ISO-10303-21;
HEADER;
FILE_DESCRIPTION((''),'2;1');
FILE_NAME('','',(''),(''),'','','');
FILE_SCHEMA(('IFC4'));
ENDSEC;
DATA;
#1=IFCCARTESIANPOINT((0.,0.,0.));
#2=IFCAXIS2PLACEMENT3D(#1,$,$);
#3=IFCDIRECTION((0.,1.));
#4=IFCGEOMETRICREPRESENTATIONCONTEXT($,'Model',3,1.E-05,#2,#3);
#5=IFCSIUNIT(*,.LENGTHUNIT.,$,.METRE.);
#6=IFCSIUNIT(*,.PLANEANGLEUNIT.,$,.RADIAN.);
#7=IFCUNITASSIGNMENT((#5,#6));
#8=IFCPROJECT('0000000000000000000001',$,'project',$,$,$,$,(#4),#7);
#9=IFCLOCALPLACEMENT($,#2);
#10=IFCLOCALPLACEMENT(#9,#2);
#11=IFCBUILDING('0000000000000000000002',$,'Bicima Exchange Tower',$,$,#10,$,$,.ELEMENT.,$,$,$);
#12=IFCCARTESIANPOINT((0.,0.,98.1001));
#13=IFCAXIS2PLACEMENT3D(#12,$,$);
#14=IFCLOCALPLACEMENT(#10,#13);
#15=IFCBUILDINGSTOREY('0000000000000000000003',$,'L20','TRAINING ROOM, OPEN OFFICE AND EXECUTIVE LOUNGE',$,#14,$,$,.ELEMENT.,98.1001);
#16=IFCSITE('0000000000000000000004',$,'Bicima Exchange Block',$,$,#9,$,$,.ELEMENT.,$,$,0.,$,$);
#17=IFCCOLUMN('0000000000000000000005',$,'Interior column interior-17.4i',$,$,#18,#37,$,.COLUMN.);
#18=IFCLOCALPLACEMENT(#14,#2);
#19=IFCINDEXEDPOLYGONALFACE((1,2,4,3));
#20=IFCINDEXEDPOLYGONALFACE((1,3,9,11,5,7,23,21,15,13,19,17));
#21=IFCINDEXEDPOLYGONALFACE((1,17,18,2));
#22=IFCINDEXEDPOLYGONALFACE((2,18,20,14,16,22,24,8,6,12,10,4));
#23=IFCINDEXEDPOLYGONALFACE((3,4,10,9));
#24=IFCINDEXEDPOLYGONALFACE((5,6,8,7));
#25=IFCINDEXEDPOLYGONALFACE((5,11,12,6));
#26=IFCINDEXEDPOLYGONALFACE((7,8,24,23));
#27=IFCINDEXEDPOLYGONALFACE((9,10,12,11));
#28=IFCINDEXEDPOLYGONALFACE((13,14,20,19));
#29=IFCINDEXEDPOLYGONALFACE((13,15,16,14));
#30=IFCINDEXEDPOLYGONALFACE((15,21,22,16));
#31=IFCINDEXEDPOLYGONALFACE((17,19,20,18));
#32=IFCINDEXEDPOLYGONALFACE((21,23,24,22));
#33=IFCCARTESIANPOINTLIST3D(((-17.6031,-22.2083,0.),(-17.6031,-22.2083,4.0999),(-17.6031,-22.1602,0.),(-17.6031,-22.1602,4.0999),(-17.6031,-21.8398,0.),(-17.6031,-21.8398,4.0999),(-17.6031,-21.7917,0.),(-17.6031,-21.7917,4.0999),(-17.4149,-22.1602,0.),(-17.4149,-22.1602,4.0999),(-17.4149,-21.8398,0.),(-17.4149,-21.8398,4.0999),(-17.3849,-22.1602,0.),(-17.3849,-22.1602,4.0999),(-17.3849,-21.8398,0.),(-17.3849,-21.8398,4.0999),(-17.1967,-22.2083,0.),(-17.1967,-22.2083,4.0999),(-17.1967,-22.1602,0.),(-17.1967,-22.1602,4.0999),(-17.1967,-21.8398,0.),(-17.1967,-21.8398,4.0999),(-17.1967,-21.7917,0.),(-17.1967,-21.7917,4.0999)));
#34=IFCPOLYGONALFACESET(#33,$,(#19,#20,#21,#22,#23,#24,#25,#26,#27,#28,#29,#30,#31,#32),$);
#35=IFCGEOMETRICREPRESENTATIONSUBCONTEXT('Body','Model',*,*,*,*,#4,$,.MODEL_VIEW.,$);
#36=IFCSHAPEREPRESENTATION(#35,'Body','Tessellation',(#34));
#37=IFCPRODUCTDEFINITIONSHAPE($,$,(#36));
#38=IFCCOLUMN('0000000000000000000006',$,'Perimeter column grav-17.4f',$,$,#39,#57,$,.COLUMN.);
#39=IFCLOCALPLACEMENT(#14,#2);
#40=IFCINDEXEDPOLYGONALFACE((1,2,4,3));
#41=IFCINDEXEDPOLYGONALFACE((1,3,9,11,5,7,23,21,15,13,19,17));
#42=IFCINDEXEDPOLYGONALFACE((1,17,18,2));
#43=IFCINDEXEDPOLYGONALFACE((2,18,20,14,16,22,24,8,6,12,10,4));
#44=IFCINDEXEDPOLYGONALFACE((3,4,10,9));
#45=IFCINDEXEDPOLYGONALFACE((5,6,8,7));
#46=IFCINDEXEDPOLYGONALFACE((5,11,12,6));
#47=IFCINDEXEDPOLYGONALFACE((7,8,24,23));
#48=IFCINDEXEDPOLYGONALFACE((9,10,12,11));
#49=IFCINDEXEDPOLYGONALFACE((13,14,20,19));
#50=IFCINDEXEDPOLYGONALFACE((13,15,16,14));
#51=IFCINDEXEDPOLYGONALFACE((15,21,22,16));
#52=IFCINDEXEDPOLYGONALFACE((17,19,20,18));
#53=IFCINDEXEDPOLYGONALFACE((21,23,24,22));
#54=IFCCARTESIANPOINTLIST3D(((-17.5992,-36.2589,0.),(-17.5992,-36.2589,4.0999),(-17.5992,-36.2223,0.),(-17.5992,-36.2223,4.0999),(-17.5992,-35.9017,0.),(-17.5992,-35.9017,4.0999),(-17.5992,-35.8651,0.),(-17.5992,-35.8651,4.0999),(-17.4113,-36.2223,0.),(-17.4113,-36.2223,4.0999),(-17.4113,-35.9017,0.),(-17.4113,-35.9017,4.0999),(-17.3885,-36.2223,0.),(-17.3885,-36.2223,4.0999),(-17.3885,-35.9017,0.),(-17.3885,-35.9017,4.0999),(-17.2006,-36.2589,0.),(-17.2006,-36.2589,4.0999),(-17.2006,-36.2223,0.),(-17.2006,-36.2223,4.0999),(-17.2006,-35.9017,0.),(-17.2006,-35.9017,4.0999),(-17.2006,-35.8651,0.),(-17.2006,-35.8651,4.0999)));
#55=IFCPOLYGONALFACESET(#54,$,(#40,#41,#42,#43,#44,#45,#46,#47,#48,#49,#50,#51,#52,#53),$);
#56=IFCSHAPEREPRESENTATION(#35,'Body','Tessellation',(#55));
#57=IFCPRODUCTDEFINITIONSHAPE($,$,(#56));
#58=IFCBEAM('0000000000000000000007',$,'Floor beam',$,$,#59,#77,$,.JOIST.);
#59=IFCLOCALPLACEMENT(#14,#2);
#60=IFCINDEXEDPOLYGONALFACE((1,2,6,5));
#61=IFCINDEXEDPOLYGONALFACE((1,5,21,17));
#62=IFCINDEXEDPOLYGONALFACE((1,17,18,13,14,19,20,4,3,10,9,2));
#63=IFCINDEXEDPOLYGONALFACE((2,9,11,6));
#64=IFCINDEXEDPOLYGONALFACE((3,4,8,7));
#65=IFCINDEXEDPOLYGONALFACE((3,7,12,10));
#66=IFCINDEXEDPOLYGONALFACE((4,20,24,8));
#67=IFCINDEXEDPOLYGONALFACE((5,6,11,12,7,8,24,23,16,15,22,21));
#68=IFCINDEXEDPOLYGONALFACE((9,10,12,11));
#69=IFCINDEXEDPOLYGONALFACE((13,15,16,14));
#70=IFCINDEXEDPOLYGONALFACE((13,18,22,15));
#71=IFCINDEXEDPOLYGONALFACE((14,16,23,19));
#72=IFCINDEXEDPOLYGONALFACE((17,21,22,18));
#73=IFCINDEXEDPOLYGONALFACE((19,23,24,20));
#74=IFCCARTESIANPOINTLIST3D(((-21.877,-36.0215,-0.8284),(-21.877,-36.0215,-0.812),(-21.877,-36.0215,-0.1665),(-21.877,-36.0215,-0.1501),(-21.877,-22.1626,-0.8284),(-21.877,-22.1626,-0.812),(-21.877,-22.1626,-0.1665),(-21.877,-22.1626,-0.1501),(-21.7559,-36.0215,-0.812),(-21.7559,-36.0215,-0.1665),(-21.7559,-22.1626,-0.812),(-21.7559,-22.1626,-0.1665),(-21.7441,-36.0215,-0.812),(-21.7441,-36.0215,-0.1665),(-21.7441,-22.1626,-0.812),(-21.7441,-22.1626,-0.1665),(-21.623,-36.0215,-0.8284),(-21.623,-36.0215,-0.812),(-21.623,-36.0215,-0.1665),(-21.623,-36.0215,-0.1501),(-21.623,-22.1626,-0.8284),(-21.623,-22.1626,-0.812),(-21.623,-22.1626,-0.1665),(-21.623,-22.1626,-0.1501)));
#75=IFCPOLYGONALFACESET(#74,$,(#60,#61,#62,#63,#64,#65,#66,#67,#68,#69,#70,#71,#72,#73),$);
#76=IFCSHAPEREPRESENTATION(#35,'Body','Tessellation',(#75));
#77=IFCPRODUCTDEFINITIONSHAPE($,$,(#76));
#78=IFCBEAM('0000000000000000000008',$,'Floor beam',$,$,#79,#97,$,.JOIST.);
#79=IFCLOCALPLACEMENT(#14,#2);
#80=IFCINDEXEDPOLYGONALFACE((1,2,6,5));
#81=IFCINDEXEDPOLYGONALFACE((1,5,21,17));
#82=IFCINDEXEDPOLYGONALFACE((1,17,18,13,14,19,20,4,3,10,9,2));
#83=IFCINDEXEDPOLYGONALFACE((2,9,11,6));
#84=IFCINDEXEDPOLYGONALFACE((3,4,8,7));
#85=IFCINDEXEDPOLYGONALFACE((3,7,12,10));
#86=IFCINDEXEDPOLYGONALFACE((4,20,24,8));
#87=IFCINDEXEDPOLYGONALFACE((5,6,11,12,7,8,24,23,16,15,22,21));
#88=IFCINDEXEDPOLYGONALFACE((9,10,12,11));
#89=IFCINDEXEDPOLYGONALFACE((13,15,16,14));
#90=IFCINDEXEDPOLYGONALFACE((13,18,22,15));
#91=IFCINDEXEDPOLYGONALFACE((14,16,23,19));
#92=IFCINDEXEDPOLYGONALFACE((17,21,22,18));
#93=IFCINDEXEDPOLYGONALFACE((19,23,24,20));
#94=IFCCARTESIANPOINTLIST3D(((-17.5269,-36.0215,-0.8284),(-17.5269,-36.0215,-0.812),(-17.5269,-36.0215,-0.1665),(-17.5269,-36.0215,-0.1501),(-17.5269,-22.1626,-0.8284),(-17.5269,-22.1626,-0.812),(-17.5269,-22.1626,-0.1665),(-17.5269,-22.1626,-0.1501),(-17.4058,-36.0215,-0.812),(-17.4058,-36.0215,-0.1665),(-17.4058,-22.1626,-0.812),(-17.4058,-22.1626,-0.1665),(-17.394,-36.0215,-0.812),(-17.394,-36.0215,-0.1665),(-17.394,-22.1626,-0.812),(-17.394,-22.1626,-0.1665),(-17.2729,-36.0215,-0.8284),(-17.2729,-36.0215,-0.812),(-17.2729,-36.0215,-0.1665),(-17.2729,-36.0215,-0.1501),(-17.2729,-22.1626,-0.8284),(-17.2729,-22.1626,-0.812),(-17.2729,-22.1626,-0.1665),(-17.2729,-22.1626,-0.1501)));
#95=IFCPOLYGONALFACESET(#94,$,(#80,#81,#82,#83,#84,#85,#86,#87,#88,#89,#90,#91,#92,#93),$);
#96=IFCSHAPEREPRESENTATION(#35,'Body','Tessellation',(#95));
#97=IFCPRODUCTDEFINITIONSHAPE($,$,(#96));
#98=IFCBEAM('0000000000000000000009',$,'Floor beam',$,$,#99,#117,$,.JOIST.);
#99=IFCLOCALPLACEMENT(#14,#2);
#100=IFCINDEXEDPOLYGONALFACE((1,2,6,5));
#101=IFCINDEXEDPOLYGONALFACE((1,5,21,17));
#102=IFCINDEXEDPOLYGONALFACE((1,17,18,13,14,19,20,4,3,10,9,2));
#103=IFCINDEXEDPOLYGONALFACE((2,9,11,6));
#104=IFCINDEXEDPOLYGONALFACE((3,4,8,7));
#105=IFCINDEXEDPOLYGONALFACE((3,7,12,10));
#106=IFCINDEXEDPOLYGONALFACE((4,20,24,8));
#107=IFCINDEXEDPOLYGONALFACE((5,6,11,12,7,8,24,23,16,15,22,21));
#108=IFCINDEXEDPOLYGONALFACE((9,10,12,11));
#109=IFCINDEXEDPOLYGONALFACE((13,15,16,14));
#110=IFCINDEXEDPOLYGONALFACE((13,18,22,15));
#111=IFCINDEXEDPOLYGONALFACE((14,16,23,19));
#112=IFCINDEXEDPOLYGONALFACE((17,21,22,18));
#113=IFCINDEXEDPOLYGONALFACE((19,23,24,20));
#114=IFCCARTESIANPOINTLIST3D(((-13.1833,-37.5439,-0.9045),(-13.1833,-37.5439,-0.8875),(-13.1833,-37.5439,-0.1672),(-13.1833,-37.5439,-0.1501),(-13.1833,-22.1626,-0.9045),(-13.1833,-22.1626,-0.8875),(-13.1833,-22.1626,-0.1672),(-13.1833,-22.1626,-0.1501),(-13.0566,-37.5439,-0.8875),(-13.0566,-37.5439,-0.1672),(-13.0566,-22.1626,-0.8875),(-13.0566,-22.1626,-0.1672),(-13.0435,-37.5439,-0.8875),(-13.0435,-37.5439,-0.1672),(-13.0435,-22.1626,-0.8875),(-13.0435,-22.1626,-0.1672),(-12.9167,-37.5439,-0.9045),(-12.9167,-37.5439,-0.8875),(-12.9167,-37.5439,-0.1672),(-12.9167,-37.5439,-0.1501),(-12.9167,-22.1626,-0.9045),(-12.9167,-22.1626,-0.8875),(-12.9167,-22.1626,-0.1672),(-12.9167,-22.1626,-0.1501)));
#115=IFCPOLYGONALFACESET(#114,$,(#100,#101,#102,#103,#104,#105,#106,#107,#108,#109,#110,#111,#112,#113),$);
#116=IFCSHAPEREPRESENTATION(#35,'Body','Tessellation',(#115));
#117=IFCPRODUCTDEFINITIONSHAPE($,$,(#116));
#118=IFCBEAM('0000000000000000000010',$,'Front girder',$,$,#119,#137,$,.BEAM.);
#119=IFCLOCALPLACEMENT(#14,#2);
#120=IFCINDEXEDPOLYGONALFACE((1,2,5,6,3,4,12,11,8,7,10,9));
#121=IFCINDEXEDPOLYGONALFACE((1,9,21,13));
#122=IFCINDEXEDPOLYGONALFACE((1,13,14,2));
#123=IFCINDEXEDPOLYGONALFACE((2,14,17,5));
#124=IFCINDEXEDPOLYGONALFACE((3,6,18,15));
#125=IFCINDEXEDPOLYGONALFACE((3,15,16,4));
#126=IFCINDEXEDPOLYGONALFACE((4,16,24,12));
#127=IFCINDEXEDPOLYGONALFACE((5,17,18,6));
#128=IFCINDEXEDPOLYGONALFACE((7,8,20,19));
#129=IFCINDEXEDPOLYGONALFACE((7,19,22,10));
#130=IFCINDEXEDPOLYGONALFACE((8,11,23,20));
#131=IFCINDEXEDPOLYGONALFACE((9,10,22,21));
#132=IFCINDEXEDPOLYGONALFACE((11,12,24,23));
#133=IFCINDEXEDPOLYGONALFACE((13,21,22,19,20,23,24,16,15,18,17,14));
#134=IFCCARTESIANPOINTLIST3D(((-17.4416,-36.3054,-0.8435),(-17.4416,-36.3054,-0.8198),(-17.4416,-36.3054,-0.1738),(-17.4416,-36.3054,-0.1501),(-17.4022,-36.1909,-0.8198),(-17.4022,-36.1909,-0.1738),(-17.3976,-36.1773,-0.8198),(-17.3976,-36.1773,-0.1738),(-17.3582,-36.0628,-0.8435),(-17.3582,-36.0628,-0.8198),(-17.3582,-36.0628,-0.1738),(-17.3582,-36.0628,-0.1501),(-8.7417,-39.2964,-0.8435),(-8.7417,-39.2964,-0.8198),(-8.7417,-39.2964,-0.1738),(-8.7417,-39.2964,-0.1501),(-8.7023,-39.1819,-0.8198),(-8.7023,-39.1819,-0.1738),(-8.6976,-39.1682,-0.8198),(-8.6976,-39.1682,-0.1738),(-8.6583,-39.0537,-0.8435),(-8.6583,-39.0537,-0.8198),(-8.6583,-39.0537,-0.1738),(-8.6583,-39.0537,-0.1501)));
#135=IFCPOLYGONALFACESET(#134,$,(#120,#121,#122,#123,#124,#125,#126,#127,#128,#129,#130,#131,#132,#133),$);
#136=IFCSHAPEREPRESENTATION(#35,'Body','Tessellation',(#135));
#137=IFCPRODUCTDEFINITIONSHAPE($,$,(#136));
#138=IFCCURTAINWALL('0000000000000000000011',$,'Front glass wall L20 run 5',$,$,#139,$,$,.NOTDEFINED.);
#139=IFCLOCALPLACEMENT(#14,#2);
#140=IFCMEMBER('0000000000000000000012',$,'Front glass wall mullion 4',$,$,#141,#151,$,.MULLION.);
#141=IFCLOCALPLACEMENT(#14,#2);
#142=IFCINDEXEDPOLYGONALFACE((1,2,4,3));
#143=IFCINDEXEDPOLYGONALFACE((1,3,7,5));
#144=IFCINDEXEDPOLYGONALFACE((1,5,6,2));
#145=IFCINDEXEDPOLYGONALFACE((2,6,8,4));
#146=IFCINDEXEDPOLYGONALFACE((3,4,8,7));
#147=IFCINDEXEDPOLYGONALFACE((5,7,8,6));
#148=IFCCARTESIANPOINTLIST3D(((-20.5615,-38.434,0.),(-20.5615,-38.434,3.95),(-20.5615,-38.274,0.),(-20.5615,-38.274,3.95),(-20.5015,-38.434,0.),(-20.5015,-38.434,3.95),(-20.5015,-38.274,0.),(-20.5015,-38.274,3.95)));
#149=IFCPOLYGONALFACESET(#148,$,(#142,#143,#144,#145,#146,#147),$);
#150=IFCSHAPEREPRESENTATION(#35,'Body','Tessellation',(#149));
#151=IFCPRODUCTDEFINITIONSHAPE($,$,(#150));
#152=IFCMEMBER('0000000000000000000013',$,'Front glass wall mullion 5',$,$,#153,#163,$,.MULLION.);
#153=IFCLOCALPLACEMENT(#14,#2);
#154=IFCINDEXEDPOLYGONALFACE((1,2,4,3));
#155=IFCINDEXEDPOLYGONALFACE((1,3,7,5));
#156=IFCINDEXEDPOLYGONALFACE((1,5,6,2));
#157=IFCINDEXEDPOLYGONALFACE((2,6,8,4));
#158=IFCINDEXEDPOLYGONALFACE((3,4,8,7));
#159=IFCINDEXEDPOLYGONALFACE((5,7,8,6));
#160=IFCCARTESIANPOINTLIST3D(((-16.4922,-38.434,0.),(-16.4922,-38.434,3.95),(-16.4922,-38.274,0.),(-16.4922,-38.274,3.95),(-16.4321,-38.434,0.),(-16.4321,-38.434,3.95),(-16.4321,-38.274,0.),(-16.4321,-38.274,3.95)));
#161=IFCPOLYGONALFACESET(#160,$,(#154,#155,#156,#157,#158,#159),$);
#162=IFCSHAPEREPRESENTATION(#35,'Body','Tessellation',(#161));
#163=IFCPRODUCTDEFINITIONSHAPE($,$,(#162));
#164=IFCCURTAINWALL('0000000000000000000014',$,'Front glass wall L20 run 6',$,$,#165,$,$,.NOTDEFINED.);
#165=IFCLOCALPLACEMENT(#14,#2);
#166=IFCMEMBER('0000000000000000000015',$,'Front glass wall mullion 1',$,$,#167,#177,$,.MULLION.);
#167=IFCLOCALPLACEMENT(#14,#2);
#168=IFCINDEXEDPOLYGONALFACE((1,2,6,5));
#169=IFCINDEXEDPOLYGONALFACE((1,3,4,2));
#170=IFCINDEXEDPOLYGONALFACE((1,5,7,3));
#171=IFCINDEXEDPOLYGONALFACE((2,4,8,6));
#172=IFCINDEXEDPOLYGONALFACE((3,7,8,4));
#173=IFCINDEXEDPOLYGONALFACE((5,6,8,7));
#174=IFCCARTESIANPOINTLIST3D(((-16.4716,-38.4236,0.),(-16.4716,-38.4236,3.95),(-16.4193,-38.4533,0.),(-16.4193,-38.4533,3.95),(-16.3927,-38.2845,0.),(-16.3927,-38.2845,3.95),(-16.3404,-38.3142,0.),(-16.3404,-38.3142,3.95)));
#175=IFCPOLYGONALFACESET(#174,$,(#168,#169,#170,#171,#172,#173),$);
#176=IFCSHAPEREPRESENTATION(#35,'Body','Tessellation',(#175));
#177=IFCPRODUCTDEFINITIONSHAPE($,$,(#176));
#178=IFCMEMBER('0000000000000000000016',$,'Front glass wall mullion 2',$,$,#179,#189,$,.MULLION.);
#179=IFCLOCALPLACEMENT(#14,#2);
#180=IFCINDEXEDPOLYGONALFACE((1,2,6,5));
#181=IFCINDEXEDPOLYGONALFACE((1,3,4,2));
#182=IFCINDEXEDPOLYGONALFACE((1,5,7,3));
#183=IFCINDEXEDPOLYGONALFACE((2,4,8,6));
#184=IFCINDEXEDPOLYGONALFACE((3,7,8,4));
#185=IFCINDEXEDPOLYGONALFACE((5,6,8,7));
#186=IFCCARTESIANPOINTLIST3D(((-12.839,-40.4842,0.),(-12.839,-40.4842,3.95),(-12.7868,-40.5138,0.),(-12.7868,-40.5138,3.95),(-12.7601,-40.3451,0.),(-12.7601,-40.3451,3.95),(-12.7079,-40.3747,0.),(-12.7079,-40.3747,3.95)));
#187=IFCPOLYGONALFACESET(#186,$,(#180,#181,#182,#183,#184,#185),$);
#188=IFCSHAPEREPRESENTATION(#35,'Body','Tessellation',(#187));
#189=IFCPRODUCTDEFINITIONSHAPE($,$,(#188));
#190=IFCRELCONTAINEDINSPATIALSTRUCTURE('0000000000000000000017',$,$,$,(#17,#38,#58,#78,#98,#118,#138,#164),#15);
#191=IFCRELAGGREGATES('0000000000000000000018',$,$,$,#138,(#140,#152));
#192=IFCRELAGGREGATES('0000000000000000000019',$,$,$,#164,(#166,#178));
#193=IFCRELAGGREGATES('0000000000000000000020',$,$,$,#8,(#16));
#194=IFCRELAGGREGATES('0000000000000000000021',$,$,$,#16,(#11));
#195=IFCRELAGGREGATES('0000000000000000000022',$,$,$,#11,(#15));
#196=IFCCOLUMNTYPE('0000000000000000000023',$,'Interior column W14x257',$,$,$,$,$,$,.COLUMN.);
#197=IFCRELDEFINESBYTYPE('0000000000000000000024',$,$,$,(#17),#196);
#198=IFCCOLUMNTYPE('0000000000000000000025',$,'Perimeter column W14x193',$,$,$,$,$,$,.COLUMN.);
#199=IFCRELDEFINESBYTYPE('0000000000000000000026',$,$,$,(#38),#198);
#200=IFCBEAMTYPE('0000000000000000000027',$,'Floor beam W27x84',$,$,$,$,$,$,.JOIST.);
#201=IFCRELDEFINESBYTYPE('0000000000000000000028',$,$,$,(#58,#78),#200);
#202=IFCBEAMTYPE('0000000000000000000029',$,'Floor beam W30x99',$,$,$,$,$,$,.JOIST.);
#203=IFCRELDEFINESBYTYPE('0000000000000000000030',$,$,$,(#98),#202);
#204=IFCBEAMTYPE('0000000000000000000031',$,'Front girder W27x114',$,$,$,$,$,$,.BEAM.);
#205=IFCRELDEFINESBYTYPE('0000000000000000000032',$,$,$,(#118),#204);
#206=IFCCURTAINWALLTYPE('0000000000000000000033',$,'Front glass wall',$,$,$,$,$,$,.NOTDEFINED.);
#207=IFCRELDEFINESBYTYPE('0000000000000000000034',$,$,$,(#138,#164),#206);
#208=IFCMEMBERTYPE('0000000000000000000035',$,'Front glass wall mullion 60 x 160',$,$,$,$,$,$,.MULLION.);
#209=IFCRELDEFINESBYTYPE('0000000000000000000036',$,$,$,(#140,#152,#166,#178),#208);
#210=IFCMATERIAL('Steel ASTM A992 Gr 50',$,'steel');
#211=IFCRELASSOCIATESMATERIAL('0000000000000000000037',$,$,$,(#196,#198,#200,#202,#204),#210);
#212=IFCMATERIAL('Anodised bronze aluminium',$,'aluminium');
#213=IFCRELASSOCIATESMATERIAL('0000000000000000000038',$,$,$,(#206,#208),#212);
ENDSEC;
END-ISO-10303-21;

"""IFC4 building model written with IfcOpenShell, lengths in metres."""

from ifc_helpers import new_model, si_unit, direction, frame, origin, origin_2d, place, context, subcontext, project, spatial, rectangle, i_section, extrude, material, material_profile, profile_set, type_object, element, aggregate, save


model = new_model("IFC4")

# Units and contexts
model_context = context("Model", 3, precision=1e-05, world=origin(), true_north=direction((0.0, 1.0)))
body_context = subcontext(model_context, "Body", "Model", "MODEL_VIEW")
ifc_project = project(units=[si_unit("LENGTHUNIT", "METRE"), si_unit("PLANEANGLEUNIT", "RADIAN")], contexts=[model_context])

# Site, building, storey
site_placement = place(None, origin())
site = spatial("IfcSite", under=ifc_project, at=site_placement, Name="Bicima Exchange Block", CompositionType="ELEMENT", RefElevation=0.0)
building_placement = place(site_placement, origin())
building = spatial("IfcBuilding", under=site, at=building_placement, Name="Bicima Exchange Tower", CompositionType="ELEMENT")
storey_placement = place(building_placement, frame((0.0, 0.0, 98.1001)))
storey = spatial("IfcBuildingStorey", under=building, at=storey_placement, Name="L20", Description="TRAINING ROOM, OPEN OFFICE AND EXECUTIVE LOUNGE", CompositionType="ELEMENT", Elevation=98.1001)

# Columns
ifc_material_1 = material(Name="Steel ASTM A992 Gr 50", Category="steel")
ifc_material_profile_1 = material_profile(ifc_material_1, i_section(OverallWidth=0.4065, OverallDepth=0.4165, WebThickness=0.03, FlangeThickness=0.0481, at=origin_2d()))
ifc_profile_set_1 = profile_set([ifc_material_profile_1], Name="Steel ASTM A992 Gr 50")
column_type_1 = type_object("IfcColumnType", Name="Interior column W14x257", PredefinedType="COLUMN", material=ifc_profile_set_1)
column_1_placement = place(storey_placement, frame((-17.3999, -22.0, 0.0), z_axis=(0.0, 0.0, 1.0), x_axis=(1.0, 0.0, 0.0)))
element("IfcColumn", 1, at=column_1_placement, inside=storey, type_object=column_type_1, Name="Interior column interior-17.4i", PredefinedType="COLUMN", context=body_context, shape_type="SweptSolid", body=[
    extrude(i_section(OverallWidth=0.4065, OverallDepth=0.4165, WebThickness=0.03, FlangeThickness=0.0481, at=origin_2d()), origin(), (0.0, 0.0, 1.0), 4.0999),
])
ifc_material_profile_2 = material_profile(ifc_material_1, i_section(OverallWidth=0.3987, OverallDepth=0.3938, WebThickness=0.0227, FlangeThickness=0.0366, at=origin_2d()))
ifc_profile_set_2 = profile_set([ifc_material_profile_2], Name="Steel ASTM A992 Gr 50")
column_type_2 = type_object("IfcColumnType", Name="Perimeter column W14x193", PredefinedType="COLUMN", material=ifc_profile_set_2)
column_2_placement = place(storey_placement, frame((-17.3999, -36.062, 0.0), z_axis=(0.0, 0.0, 1.0), x_axis=(1.0, 0.0, 0.0)))
element("IfcColumn", 2, at=column_2_placement, inside=storey, type_object=column_type_2, Name="Perimeter column grav-17.4f", PredefinedType="COLUMN", context=body_context, shape_type="SweptSolid", body=[
    extrude(i_section(OverallWidth=0.3987, OverallDepth=0.3938, WebThickness=0.0227, FlangeThickness=0.0366, at=origin_2d()), origin(), (0.0, 0.0, 1.0), 4.0999),
])

# Beams
ifc_material_profile_3 = material_profile(ifc_material_1, i_section(OverallWidth=0.2539, OverallDepth=0.6782, WebThickness=0.0117, FlangeThickness=0.0164, at=origin_2d()))
ifc_profile_set_3 = profile_set([ifc_material_profile_3], Name="Steel ASTM A992 Gr 50")
beam_type_1 = type_object("IfcBeamType", Name="Floor beam W27x84", PredefinedType="JOIST", material=ifc_profile_set_3)
for number, where, z_axis, x_axis, name in (
    (3, (-21.75, -22.1626, -0.4893), (0.0, -1.0, 0.0), (1.0, 0.0, 0.0), "Floor beam"),
    (4, (-17.3999, -22.1626, -0.4893), (0.0, -1.0, 0.0), (1.0, 0.0, 0.0), "Floor beam"),
):
    element("IfcBeam", number, at=place(storey_placement, frame(where, z_axis=z_axis, x_axis=x_axis)), inside=storey, type_object=beam_type_1, Name=name, PredefinedType="JOIST", context=body_context, shape_type="SweptSolid", body=[
        extrude(i_section(OverallWidth=0.2539, OverallDepth=0.6782, WebThickness=0.0117, FlangeThickness=0.0164, at=origin_2d()), origin(), (0.0, 0.0, 1.0), 13.8589),
    ])
ifc_material_profile_4 = material_profile(ifc_material_1, i_section(OverallWidth=0.2666, OverallDepth=0.7544, WebThickness=0.0132, FlangeThickness=0.0171, at=origin_2d()))
ifc_profile_set_4 = profile_set([ifc_material_profile_4], Name="Steel ASTM A992 Gr 50")
beam_type_2 = type_object("IfcBeamType", Name="Floor beam W30x99", PredefinedType="JOIST", material=ifc_profile_set_4)
beam_1_placement = place(storey_placement, frame((-13.05, -22.1626, -0.5273), z_axis=(0.0, -1.0, 0.0), x_axis=(1.0, 0.0, 0.0)))
element("IfcBeam", 5, at=beam_1_placement, inside=storey, type_object=beam_type_2, Name="Floor beam", PredefinedType="JOIST", context=body_context, shape_type="SweptSolid", body=[
    extrude(i_section(OverallWidth=0.2666, OverallDepth=0.7544, WebThickness=0.0132, FlangeThickness=0.0171, at=origin_2d()), origin(), (0.0, 0.0, 1.0), 15.3813),
])
ifc_material_profile_5 = material_profile(ifc_material_1, i_section(OverallWidth=0.2566, OverallDepth=0.6934, WebThickness=0.0144, FlangeThickness=0.0237, at=origin_2d()))
ifc_profile_set_5 = profile_set([ifc_material_profile_5], Name="Steel ASTM A992 Gr 50")
beam_type_3 = type_object("IfcBeamType", Name="Front girder W27x114", PredefinedType="BEAM", material=ifc_profile_set_5)
beam_2_placement = place(storey_placement, frame((-17.3999, -36.1841, -0.4968), z_axis=(0.945675, -0.325115, 0.0), x_axis=(0.325115, 0.945675, 0.0)))
element("IfcBeam", 6, at=beam_2_placement, inside=storey, type_object=beam_type_3, Name="Front girder", PredefinedType="BEAM", context=body_context, shape_type="SweptSolid", body=[
    extrude(i_section(OverallWidth=0.2566, OverallDepth=0.6934, WebThickness=0.0144, FlangeThickness=0.0237, at=origin_2d()), origin(), (0.0, 0.0, 1.0), 9.1997),
])

# Curtain walls, members
ifc_material_2 = material(Name="Anodised bronze aluminium", Category="aluminium")
curtain_wall_type = type_object("IfcCurtainWallType", Name="Front glass wall", PredefinedType="NOTDEFINED", material=ifc_material_2)
curtain_wall_1_placement = place(storey_placement, origin())
curtain_wall_1 = element("IfcCurtainWall", 7, at=curtain_wall_1_placement, inside=storey, type_object=curtain_wall_type, Name="Front glass wall L20 run 5", PredefinedType="NOTDEFINED")
ifc_material_profile_6 = material_profile(ifc_material_2, rectangle(XDim=0.1599, YDim=0.0601, at=origin_2d()))
ifc_profile_set_6 = profile_set([ifc_material_profile_6], Name="Anodised bronze aluminium")
member_type_1 = type_object("IfcMemberType", Name="Front glass wall mullion 60 x 160", PredefinedType="MULLION", material=ifc_profile_set_6)
member_1_placement = place(storey_placement, frame((-20.5315, -38.354, 0.0), z_axis=(0.0, 0.0, 1.0), x_axis=(0.0, 1.0, 0.0)))
member_1 = element("IfcMember", 8, at=member_1_placement, type_object=member_type_1, Name="Front glass wall mullion 4", PredefinedType="MULLION", context=body_context, shape_type="SweptSolid", body=[
    extrude(rectangle(XDim=0.1599, YDim=0.0601, at=origin_2d()), origin(), (0.0, 0.0, 1.0), 3.95),
])
member_2_placement = place(storey_placement, frame((-16.4622, -38.354, 0.0), z_axis=(0.0, 0.0, 1.0), x_axis=(0.0, 1.0, 0.0)))
member_2 = element("IfcMember", 9, at=member_2_placement, type_object=member_type_1, Name="Front glass wall mullion 5", PredefinedType="MULLION", context=body_context, shape_type="SweptSolid", body=[
    extrude(rectangle(XDim=0.1599, YDim=0.0601, at=origin_2d()), origin(), (0.0, 0.0, 1.0), 3.95),
])
curtain_wall_2_placement = place(storey_placement, origin())
curtain_wall_2 = element("IfcCurtainWall", 10, at=curtain_wall_2_placement, inside=storey, type_object=curtain_wall_type, Name="Front glass wall L20 run 6", PredefinedType="NOTDEFINED")
member_3_placement = place(storey_placement, frame((-16.406, -38.3689, 0.0), z_axis=(0.0, 0.0, 1.0), x_axis=(0.493395, 0.869805, 0.0)))
member_3 = element("IfcMember", 11, at=member_3_placement, type_object=member_type_1, Name="Front glass wall mullion 1", PredefinedType="MULLION", context=body_context, shape_type="SweptSolid", body=[
    extrude(rectangle(XDim=0.1599, YDim=0.0601, at=origin_2d()), origin(), (0.0, 0.0, 1.0), 3.95),
])
member_4_placement = place(storey_placement, frame((-12.7734, -40.4294, 0.0), z_axis=(0.0, 0.0, 1.0), x_axis=(0.493395, 0.869805, 0.0)))
member_4 = element("IfcMember", 12, at=member_4_placement, type_object=member_type_1, Name="Front glass wall mullion 2", PredefinedType="MULLION", context=body_context, shape_type="SweptSolid", body=[
    extrude(rectangle(XDim=0.1599, YDim=0.0601, at=origin_2d()), origin(), (0.0, 0.0, 1.0), 3.95),
])

aggregate(curtain_wall_1, [member_1, member_2])
aggregate(curtain_wall_2, [member_3, member_4])

save(model, "model.ifc")
